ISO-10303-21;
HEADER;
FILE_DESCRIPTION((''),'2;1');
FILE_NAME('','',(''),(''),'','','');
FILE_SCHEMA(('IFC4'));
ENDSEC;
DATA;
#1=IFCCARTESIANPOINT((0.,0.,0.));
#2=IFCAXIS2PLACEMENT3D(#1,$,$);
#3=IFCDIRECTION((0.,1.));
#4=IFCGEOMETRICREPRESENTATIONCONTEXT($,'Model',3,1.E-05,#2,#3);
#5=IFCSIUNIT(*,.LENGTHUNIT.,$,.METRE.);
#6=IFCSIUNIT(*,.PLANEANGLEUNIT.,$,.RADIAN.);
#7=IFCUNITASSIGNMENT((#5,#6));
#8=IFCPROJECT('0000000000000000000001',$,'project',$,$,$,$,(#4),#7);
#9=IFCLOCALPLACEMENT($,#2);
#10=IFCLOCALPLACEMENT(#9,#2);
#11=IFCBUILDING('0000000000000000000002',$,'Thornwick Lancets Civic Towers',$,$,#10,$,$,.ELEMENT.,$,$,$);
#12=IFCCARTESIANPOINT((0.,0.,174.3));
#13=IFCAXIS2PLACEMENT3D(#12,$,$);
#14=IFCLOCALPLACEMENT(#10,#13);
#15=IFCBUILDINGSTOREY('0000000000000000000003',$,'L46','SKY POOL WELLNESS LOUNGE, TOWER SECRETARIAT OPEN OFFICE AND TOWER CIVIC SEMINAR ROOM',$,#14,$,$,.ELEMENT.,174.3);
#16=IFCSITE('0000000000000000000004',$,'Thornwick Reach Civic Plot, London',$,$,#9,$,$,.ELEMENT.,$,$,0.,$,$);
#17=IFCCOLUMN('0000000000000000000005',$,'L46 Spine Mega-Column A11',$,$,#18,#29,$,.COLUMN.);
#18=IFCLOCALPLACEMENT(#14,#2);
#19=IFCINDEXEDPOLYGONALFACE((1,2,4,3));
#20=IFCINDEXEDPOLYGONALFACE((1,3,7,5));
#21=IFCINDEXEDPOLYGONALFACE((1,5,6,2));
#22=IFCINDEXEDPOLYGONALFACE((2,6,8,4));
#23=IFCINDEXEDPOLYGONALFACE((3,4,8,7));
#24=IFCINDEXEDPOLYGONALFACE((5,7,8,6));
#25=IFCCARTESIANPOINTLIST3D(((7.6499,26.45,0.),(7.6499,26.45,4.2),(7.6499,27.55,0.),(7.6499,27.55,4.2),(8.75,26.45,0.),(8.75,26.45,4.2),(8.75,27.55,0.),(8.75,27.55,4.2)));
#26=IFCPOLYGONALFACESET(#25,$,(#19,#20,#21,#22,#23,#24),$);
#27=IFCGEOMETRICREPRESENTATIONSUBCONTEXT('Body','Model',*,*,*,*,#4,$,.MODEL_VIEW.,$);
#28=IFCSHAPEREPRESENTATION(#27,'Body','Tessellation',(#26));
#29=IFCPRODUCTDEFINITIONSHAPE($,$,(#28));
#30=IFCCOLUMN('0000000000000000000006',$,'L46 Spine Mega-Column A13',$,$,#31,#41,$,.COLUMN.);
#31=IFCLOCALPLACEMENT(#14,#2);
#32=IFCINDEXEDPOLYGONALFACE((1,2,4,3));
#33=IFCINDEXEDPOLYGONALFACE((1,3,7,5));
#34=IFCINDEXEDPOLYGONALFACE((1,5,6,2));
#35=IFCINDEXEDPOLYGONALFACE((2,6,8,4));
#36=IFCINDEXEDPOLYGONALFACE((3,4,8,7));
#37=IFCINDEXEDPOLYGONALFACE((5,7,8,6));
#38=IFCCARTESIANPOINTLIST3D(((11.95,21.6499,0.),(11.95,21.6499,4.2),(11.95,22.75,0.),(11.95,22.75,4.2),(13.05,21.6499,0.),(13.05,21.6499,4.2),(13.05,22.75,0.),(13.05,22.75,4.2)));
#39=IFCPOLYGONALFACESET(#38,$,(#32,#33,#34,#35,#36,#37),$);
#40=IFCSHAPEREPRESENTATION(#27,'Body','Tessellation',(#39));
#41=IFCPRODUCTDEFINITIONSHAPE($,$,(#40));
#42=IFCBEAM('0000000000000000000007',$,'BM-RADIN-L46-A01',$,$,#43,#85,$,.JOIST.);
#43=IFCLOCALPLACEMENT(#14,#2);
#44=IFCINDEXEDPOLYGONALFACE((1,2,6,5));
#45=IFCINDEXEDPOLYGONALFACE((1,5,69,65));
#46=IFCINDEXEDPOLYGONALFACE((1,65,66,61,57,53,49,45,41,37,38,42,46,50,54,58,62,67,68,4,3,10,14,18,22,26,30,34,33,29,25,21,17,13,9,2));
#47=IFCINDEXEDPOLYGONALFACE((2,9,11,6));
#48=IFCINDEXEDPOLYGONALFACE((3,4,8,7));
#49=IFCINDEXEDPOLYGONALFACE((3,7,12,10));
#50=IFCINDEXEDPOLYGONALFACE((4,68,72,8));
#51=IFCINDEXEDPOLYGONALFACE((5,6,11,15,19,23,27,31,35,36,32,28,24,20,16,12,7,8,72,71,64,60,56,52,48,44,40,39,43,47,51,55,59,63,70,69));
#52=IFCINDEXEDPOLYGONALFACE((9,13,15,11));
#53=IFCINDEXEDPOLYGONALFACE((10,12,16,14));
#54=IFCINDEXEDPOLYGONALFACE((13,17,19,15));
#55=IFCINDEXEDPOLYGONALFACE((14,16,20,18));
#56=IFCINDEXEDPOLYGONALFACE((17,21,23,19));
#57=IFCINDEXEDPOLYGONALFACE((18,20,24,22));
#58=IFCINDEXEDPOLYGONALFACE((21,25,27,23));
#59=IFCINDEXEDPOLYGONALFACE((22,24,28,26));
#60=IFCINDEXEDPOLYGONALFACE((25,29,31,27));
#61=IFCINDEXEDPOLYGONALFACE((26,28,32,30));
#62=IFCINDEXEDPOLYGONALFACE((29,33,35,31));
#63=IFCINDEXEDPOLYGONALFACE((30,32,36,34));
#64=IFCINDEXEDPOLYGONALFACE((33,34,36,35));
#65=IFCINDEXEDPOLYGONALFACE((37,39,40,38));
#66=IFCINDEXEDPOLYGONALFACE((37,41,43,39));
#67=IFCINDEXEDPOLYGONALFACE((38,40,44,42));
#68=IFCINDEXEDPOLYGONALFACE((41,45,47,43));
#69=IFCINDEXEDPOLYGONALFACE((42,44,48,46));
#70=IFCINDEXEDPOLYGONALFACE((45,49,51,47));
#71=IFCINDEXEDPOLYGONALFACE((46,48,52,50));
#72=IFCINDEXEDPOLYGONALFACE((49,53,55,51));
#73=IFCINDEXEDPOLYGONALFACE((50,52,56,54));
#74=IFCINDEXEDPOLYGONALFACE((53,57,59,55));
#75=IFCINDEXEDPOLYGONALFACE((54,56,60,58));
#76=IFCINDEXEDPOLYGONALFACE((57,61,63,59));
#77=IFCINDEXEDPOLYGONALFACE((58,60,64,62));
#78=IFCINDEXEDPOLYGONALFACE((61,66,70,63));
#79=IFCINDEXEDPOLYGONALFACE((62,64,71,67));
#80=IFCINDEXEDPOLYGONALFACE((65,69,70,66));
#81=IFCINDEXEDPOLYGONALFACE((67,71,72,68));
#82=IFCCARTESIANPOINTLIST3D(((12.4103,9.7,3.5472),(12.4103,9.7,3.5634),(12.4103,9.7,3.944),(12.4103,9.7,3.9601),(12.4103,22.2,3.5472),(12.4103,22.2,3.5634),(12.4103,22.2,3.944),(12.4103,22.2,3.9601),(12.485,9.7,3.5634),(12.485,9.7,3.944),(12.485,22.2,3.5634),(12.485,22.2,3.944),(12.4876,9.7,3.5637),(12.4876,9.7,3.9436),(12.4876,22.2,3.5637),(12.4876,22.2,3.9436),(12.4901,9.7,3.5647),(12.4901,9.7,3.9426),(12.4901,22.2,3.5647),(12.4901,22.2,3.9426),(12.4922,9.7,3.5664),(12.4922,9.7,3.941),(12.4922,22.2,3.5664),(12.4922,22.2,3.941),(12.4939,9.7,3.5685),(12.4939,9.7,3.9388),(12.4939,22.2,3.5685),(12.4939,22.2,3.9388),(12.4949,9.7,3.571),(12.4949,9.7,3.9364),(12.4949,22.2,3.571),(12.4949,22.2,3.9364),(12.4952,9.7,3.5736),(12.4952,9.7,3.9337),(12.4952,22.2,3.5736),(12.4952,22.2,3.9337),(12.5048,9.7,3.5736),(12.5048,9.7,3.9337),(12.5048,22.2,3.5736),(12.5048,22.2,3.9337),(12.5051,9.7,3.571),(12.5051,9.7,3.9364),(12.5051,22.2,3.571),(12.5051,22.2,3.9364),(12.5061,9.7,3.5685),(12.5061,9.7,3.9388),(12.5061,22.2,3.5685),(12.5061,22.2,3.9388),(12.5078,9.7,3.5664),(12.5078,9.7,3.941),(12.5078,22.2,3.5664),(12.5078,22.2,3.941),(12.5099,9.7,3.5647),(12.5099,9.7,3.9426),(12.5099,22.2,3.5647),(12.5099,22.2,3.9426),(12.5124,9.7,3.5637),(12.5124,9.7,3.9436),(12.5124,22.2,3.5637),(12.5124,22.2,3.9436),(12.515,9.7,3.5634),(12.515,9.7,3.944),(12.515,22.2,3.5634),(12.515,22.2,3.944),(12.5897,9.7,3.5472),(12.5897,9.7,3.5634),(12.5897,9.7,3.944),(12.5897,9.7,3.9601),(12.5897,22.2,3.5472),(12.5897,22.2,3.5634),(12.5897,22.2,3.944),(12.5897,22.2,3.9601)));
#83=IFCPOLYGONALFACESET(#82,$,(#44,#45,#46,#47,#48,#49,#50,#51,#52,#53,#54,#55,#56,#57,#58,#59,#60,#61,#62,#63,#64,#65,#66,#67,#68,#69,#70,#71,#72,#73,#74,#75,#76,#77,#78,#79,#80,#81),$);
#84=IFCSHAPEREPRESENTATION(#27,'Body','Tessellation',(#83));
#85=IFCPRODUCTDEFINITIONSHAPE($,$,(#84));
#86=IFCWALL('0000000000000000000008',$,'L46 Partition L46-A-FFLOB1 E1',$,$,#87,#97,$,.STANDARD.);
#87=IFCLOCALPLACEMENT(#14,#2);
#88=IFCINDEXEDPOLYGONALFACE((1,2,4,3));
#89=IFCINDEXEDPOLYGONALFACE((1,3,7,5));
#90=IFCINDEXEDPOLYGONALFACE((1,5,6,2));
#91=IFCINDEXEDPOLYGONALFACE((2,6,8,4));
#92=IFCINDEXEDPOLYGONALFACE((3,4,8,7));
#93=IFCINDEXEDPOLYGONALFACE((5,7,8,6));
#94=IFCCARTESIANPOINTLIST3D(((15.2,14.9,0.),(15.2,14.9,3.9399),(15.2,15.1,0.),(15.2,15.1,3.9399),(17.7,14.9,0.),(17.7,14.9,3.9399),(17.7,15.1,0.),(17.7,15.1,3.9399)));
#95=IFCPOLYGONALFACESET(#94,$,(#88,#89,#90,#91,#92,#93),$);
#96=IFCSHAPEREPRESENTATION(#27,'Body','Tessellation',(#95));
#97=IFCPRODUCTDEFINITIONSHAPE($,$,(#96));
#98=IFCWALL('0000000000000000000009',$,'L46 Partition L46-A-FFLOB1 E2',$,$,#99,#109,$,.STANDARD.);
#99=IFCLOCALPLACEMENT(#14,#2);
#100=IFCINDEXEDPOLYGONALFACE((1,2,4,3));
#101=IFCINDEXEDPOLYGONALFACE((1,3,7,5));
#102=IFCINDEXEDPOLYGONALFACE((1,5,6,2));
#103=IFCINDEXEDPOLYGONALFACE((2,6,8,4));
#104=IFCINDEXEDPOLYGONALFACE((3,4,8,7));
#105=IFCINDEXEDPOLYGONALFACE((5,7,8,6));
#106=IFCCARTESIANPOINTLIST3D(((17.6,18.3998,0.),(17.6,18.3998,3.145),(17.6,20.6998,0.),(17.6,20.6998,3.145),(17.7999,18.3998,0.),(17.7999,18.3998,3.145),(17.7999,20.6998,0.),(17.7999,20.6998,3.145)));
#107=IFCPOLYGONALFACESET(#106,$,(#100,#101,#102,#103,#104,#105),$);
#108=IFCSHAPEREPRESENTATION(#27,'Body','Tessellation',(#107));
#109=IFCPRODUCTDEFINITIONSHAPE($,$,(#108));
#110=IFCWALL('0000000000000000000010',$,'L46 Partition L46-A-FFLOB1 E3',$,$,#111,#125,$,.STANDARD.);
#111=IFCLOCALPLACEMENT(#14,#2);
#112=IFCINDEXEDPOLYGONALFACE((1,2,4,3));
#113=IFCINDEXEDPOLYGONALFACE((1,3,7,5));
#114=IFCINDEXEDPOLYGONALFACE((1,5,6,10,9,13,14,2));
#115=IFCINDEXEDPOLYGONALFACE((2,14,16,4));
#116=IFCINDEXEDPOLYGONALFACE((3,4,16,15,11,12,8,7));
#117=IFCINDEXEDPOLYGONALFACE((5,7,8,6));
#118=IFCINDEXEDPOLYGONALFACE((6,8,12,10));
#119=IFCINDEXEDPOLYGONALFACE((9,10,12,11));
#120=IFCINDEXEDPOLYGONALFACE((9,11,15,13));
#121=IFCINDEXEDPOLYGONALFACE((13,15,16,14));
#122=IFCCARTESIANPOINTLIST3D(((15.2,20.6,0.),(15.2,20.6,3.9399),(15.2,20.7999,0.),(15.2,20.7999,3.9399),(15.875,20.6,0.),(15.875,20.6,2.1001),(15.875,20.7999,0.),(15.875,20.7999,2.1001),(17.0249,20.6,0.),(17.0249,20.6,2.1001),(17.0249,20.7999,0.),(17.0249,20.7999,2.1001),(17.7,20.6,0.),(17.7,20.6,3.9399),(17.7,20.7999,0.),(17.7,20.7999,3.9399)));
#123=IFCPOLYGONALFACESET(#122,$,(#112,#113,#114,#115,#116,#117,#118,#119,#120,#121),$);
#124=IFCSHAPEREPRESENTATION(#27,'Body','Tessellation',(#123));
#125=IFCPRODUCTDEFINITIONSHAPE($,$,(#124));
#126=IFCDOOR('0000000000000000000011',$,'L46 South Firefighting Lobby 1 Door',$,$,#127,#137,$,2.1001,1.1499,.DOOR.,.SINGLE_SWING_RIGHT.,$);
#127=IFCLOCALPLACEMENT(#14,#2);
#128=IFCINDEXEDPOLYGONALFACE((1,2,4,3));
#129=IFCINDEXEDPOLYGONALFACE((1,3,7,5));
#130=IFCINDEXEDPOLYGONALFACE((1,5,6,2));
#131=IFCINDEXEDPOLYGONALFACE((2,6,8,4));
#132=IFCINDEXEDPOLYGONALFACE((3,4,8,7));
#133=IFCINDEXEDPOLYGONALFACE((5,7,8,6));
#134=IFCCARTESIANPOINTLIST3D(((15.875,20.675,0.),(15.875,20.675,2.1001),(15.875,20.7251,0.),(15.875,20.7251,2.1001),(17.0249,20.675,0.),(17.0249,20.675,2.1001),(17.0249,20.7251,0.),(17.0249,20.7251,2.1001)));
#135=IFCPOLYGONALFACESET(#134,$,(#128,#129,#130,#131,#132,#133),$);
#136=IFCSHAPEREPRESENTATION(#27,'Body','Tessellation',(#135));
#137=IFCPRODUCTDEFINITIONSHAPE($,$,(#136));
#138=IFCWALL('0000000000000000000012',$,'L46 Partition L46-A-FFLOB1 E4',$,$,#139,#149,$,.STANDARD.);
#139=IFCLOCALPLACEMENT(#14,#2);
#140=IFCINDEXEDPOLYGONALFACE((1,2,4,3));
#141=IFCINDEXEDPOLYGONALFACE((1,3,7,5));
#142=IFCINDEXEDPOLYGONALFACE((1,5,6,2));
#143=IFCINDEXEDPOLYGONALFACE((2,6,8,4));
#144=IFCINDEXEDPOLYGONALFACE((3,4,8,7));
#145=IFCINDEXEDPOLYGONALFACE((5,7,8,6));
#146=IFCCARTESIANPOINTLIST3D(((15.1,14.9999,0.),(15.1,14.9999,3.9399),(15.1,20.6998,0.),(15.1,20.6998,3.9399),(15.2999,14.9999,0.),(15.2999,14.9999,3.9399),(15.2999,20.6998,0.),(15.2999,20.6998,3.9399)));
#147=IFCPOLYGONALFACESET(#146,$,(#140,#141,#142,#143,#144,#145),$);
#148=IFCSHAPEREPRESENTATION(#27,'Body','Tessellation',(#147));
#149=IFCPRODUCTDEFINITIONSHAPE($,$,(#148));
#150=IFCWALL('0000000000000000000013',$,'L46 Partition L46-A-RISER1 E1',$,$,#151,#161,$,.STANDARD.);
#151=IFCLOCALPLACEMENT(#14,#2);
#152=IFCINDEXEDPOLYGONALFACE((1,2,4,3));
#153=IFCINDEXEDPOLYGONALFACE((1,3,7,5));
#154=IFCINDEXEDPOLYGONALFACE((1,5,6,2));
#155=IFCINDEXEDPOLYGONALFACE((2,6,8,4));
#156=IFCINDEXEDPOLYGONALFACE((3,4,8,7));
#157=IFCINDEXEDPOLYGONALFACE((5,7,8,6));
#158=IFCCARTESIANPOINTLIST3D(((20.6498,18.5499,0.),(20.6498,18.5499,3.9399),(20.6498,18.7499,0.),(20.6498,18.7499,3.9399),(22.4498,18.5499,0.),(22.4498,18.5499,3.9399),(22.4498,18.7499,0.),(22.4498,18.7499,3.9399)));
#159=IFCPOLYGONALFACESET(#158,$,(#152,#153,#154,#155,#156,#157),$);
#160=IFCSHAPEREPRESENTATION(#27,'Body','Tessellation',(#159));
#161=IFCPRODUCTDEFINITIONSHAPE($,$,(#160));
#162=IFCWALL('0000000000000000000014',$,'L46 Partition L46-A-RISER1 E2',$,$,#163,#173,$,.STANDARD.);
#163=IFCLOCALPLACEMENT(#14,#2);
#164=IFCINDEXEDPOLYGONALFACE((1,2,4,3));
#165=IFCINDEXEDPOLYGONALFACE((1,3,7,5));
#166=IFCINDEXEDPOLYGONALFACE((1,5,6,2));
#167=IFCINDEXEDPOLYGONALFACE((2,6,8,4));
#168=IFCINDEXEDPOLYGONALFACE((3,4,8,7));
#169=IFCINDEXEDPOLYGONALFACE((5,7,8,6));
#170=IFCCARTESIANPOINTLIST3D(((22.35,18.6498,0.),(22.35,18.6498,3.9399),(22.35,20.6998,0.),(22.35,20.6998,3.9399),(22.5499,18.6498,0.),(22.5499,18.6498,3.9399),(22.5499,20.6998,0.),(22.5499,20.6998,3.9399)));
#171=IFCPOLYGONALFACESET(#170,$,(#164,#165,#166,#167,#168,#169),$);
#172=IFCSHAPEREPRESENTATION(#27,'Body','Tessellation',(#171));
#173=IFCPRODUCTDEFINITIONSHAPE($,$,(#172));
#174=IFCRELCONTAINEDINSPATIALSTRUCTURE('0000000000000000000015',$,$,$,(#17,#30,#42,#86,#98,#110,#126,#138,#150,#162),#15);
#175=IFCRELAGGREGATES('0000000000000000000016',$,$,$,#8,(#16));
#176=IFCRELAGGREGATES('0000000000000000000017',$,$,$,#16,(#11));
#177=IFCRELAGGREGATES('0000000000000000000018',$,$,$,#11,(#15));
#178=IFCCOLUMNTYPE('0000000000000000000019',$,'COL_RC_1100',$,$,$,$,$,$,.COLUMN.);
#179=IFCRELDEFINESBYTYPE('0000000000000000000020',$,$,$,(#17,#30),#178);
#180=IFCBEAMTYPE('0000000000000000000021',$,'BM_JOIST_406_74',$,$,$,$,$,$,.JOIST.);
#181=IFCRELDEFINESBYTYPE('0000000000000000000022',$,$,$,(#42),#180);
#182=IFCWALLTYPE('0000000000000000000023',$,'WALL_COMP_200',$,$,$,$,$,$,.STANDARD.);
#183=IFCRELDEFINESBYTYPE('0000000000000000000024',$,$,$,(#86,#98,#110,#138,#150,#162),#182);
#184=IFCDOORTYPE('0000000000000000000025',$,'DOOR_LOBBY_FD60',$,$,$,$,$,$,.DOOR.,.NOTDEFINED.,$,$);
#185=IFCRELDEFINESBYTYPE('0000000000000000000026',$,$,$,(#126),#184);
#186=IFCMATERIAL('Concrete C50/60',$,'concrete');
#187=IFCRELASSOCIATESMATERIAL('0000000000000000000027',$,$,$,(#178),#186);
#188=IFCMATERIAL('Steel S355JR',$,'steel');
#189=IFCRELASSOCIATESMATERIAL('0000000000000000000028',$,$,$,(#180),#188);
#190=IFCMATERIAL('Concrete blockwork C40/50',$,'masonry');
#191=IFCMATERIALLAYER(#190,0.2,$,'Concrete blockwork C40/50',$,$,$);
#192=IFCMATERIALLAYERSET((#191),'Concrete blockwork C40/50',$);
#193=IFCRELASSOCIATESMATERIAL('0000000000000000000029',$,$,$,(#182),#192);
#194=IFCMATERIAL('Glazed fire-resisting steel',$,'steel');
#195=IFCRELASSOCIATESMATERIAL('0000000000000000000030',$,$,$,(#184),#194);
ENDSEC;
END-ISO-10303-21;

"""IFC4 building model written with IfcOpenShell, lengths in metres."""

from ifc_helpers import new_model, si_unit, direction, frame, frame_2d, origin, origin_2d, place, context, subcontext, project, spatial, rectangle, i_section, extrude, material, layer, layer_set, material_profile, profile_set, type_object, element, fill, save


model = new_model("IFC4")

# Units and contexts
model_context = context("Model", 3, precision=1e-05, world=origin(), true_north=direction((0.0, 1.0)))
body_context = subcontext(model_context, "Body", "Model", "MODEL_VIEW")
ifc_project = project(units=[si_unit("LENGTHUNIT", "METRE"), si_unit("PLANEANGLEUNIT", "RADIAN")], contexts=[model_context])

# Site, building, storey
site_placement = place(None, origin())
site = spatial("IfcSite", under=ifc_project, at=site_placement, Name="Thornwick Reach Civic Plot, London", CompositionType="ELEMENT", RefElevation=0.0)
building_placement = place(site_placement, origin())
building = spatial("IfcBuilding", under=site, at=building_placement, Name="Thornwick Lancets Civic Towers", CompositionType="ELEMENT")
storey_placement = place(building_placement, frame((0.0, 0.0, 174.3)))
storey = spatial("IfcBuildingStorey", under=building, at=storey_placement, Name="L46", Description="SKY POOL WELLNESS LOUNGE, TOWER SECRETARIAT OPEN OFFICE AND TOWER CIVIC SEMINAR ROOM", CompositionType="ELEMENT", Elevation=174.3)

# Columns
ifc_material_1 = material(Name="Concrete C50/60", Category="concrete")
ifc_material_profile_1 = material_profile(ifc_material_1, rectangle(XDim=1.1001, YDim=1.1001, at=origin_2d()), Name="RC 1100x1100")
ifc_profile_set_1 = profile_set([ifc_material_profile_1], Name="Concrete C50/60")
column_type = type_object("IfcColumnType", Name="COL_RC_1100", PredefinedType="COLUMN", material=ifc_profile_set_1)
for number, where, z_axis, x_axis, name in (
    (1, (8.2, 27.0, 0.0), (0.0, 0.0, 1.0), (1.0, 0.0, 0.0), "L46 Spine Mega-Column A11"),
    (2, (12.5, 22.2, 0.0), (0.0, 0.0, 1.0), (1.0, 0.0, 0.0), "L46 Spine Mega-Column A13"),
):
    element("IfcColumn", number, at=place(storey_placement, frame(where, z_axis=z_axis, x_axis=x_axis)), inside=storey, type_object=column_type, Name=name, PredefinedType="COLUMN", context=body_context, shape_type="SweptSolid", body=[
        extrude(rectangle(XDim=1.1001, YDim=1.1001, at=origin_2d()), origin(), (0.0, 0.0, 1.0), 4.2),
    ])

# Beam
ifc_material_2 = material(Name="Steel S355JR", Category="steel")
ifc_material_profile_2 = material_profile(ifc_material_2, i_section(OverallWidth=0.1794, OverallDepth=0.4128, WebThickness=0.0095, FlangeThickness=0.0161, FilletRadius=0.0103, at=origin_2d()), Name="UKB 406x178x74")
ifc_profile_set_2 = profile_set([ifc_material_profile_2], Name="Steel S355JR")
beam_type = type_object("IfcBeamType", Name="BM_JOIST_406_74", PredefinedType="JOIST", material=ifc_profile_set_2)
beam_placement = place(storey_placement, frame((12.5, 22.2, 3.7537), z_axis=(0.0, -1.0, 0.0), x_axis=(1.0, 0.0, 0.0)))
element("IfcBeam", 3, at=beam_placement, inside=storey, type_object=beam_type, Name="BM-RADIN-L46-A01", PredefinedType="JOIST", context=body_context, shape_type="SweptSolid", body=[
    extrude(i_section(OverallWidth=0.1794, OverallDepth=0.4128, WebThickness=0.0095, FlangeThickness=0.0161, FilletRadius=0.0103, at=origin_2d()), origin(), (0.0, 0.0, 1.0), 12.5),
])

# Walls
ifc_material_3 = material(Name="Concrete blockwork C40/50", Category="masonry")
ifc_layer_1 = layer(ifc_material_3, 0.2, Name="Concrete blockwork C40/50")
ifc_layer_set_1 = layer_set([ifc_layer_1], Name="Concrete blockwork C40/50")
wall_type_1 = type_object("IfcWallType", Name="WALL_COMP_200", PredefinedType="STANDARD", material=ifc_layer_set_1)
wall_1_placement = place(storey_placement, frame((15.2, 15.0, 0.0), z_axis=(0.0, 0.0, 1.0), x_axis=(1.0, 0.0, 0.0)))
element("IfcWall", 4, at=wall_1_placement, inside=storey, type_object=wall_type_1, Name="L46 Partition L46-A-FFLOB1 E1", PredefinedType="STANDARD", context=body_context, shape_type="SweptSolid", body=[
    extrude(rectangle(XDim=2.5, YDim=0.2, at=frame_2d((1.25, 0.0))), origin(), (0.0, 0.0, 1.0), 3.9399),
])
wall_2_placement = place(storey_placement, frame((17.7, 18.3999, 0.0), z_axis=(0.0, 0.0, 1.0), x_axis=(0.0, 1.0, 0.0)))
element("IfcWall", 5, at=wall_2_placement, inside=storey, type_object=wall_type_1, Name="L46 Partition L46-A-FFLOB1 E2", PredefinedType="STANDARD", context=body_context, shape_type="SweptSolid", body=[
    extrude(rectangle(XDim=2.3, YDim=0.2, at=frame_2d((1.1499, 0.0))), origin(), (0.0, 0.0, 1.0), 3.145),
])

# Wall, opening, door
wall_3_placement = place(storey_placement, frame((17.7, 20.7, 0.0), z_axis=(0.0, 0.0, 1.0), x_axis=(-1.0, 0.0, 0.0)))
wall_3 = element("IfcWall", 6, at=wall_3_placement, inside=storey, type_object=wall_type_1, Name="L46 Partition L46-A-FFLOB1 E3", PredefinedType="STANDARD", context=body_context, shape_type="SweptSolid", body=[
    extrude(rectangle(XDim=2.5, YDim=0.2, at=frame_2d((1.25, 0.0))), origin(), (0.0, 0.0, 1.0), 3.9399),
])
opening_1_placement = place(wall_3_placement, frame((0.675, 0.0, 0.0)))
opening_1 = element("IfcOpeningElement", 7, at=opening_1_placement, cuts=wall_3, PredefinedType="OPENING", context=body_context, shape_type="SweptSolid", body=[
    extrude(rectangle(XDim=1.1499, YDim=2.1001, at=frame_2d((0.575, 1.05))), frame((0.0, 0.1099, 0.0), z_axis=(0.0, -1.0, 0.0), x_axis=(1.0, 0.0, 0.0)), (0.0, 0.0, 1.0), 0.22),
])
ifc_material_4 = material(Name="Glazed fire-resisting steel", Category="steel")
door_type_1 = type_object("IfcDoorType", Name="DOOR_LOBBY_FD60", OperationType="NOTDEFINED", PredefinedType="DOOR", material=ifc_material_4)
door_1_placement = place(opening_1_placement, origin())
door_1 = element("IfcDoor", 8, at=door_1_placement, inside=storey, type_object=door_type_1, Name="L46 South Firefighting Lobby 1 Door", OperationType="SINGLE_SWING_RIGHT", OverallHeight=2.1001, OverallWidth=1.1499, PredefinedType="DOOR", context=body_context, shape_type="SweptSolid", body=[
    extrude(rectangle(XDim=1.1499, YDim=2.1001, at=frame_2d((0.575, 1.05))), frame((0.0, 0.0249, 0.0), z_axis=(0.0, -1.0, 0.0), x_axis=(1.0, 0.0, 0.0)), (0.0, 0.0, 1.0), 0.05),
])
fill(opening_1, door_1)

# Walls
wall_4_placement = place(storey_placement, frame((15.2, 20.7, 0.0), z_axis=(0.0, 0.0, 1.0), x_axis=(0.0, -1.0, 0.0)))
element("IfcWall", 9, at=wall_4_placement, inside=storey, type_object=wall_type_1, Name="L46 Partition L46-A-FFLOB1 E4", PredefinedType="STANDARD", context=body_context, shape_type="SweptSolid", body=[
    extrude(rectangle(XDim=5.7, YDim=0.2, at=frame_2d((2.8501, 0.0))), origin(), (0.0, 0.0, 1.0), 3.9399),
])
wall_5_placement = place(storey_placement, frame((20.6499, 18.6499, 0.0), z_axis=(0.0, 0.0, 1.0), x_axis=(1.0, 0.0, 0.0)))
element("IfcWall", 10, at=wall_5_placement, inside=storey, type_object=wall_type_1, Name="L46 Partition L46-A-RISER1 E1", PredefinedType="STANDARD", context=body_context, shape_type="SweptSolid", body=[
    extrude(rectangle(XDim=1.8, YDim=0.2, at=frame_2d((0.8999, 0.0))), origin(), (0.0, 0.0, 1.0), 3.9399),
])
wall_6_placement = place(storey_placement, frame((22.45, 18.6499, 0.0), z_axis=(0.0, 0.0, 1.0), x_axis=(0.0, 1.0, 0.0)))
element("IfcWall", 11, at=wall_6_placement, inside=storey, type_object=wall_type_1, Name="L46 Partition L46-A-RISER1 E2", PredefinedType="STANDARD", context=body_context, shape_type="SweptSolid", body=[
    extrude(rectangle(XDim=2.05, YDim=0.2, at=frame_2d((1.0249, 0.0))), origin(), (0.0, 0.0, 1.0), 3.9399),
])

save(model, "model.ifc")
